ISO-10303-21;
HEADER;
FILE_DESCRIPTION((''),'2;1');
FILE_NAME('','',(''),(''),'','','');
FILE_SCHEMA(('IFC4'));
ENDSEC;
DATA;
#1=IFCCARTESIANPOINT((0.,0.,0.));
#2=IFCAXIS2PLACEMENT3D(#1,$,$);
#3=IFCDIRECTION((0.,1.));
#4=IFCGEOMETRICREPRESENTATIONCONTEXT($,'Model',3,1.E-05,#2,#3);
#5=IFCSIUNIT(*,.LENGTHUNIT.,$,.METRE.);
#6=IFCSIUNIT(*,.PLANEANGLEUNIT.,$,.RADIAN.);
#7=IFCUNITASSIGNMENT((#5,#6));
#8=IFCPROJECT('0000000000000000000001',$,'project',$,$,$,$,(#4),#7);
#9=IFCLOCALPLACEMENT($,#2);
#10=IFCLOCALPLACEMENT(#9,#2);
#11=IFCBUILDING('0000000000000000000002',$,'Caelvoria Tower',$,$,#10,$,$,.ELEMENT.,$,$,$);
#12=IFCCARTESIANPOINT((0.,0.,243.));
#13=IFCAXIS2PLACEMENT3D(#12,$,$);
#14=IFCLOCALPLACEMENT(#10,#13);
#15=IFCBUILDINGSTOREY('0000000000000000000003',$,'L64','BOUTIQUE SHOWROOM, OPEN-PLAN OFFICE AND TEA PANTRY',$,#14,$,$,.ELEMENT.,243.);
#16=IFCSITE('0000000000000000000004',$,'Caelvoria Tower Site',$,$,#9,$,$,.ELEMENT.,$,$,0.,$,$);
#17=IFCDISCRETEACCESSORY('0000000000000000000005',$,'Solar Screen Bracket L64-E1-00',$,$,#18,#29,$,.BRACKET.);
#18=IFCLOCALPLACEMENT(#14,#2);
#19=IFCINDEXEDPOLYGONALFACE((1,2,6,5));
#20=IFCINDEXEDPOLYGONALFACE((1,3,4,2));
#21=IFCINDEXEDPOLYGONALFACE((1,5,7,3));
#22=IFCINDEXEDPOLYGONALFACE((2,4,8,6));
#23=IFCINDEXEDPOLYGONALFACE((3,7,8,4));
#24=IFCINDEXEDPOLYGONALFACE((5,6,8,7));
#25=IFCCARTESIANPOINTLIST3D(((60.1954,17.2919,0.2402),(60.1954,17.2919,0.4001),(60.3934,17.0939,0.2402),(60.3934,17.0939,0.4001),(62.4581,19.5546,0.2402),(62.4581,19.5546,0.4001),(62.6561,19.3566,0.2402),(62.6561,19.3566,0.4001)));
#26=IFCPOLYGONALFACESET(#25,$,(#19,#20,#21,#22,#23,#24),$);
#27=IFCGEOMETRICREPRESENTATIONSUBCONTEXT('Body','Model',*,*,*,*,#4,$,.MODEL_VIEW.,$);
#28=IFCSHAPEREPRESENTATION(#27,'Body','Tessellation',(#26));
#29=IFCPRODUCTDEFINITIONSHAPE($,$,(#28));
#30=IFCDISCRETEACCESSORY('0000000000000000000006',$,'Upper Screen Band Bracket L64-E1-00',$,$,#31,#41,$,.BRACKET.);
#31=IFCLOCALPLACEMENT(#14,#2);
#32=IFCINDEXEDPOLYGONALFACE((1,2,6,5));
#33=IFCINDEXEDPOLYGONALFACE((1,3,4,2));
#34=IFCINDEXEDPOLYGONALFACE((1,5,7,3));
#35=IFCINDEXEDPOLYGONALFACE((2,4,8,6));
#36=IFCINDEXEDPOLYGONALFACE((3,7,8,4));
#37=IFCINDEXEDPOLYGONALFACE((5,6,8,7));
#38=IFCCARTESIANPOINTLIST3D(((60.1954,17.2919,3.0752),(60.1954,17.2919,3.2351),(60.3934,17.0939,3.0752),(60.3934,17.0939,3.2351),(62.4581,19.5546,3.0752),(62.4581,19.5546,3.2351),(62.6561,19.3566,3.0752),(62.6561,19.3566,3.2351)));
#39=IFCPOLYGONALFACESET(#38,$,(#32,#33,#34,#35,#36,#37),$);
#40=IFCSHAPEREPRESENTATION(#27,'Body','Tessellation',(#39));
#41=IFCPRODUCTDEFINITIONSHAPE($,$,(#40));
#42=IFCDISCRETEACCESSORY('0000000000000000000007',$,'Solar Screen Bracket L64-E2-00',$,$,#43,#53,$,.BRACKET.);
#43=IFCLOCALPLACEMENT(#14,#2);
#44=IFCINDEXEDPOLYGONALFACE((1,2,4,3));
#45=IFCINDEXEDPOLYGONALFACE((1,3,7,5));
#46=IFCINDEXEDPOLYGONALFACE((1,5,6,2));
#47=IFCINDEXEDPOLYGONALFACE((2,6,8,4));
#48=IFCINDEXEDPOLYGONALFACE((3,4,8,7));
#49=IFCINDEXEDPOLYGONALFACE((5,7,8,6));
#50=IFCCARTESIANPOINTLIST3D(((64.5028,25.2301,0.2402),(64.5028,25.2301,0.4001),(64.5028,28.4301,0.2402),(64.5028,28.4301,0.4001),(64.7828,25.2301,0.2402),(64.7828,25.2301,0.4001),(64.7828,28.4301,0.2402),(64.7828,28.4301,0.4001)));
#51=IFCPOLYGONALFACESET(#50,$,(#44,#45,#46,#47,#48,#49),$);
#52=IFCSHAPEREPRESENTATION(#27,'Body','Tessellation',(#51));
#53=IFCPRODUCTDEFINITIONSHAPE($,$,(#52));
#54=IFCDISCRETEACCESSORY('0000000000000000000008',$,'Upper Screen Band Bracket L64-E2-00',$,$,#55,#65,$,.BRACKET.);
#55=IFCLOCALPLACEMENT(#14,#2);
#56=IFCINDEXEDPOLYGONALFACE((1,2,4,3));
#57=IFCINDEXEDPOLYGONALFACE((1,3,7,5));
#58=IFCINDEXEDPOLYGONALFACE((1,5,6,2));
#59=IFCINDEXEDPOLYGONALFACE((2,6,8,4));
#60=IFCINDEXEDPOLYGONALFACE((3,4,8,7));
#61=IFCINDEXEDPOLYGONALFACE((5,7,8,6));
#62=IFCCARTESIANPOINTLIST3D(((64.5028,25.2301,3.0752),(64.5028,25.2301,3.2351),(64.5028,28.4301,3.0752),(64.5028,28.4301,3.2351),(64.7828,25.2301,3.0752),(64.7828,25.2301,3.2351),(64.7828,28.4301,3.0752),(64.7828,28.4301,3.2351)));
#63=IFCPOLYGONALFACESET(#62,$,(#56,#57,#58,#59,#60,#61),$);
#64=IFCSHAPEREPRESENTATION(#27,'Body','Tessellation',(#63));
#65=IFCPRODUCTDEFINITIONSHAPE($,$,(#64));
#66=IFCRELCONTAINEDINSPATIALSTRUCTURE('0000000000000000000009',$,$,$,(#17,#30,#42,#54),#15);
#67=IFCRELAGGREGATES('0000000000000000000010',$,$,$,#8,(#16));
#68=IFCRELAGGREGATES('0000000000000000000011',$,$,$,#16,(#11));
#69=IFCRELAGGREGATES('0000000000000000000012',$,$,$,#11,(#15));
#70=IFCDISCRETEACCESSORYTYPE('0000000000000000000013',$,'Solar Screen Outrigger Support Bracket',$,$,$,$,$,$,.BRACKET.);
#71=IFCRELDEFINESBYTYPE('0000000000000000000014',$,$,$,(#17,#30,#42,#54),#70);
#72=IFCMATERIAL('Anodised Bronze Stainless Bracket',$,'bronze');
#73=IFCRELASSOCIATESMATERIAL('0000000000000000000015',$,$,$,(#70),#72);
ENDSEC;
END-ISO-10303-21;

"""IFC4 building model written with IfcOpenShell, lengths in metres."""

from ifc_helpers import new_model, si_unit, direction, frame, origin, origin_2d, place, context, subcontext, project, spatial, rectangle, extrude, material, type_object, element, save


model = new_model("IFC4")

# Units and contexts
model_context = context("Model", 3, precision=1e-05, world=origin(), true_north=direction((0.0, 1.0)))
body_context = subcontext(model_context, "Body", "Model", "MODEL_VIEW")
ifc_project = project(units=[si_unit("LENGTHUNIT", "METRE"), si_unit("PLANEANGLEUNIT", "RADIAN")], contexts=[model_context])

# Site, building, storey
site_placement = place(None, origin())
site = spatial("IfcSite", under=ifc_project, at=site_placement, Name="Caelvoria Tower Site", CompositionType="ELEMENT", RefElevation=0.0)
building_placement = place(site_placement, origin())
building = spatial("IfcBuilding", under=site, at=building_placement, Name="Caelvoria Tower", CompositionType="ELEMENT")
storey_placement = place(building_placement, frame((0.0, 0.0, 243.0)))
storey = spatial("IfcBuildingStorey", under=building, at=storey_placement, Name="L64", Description="BOUTIQUE SHOWROOM, OPEN-PLAN OFFICE AND TEA PANTRY", CompositionType="ELEMENT", Elevation=243.0)

# Discrete accessories
ifc_material_1 = material(Name="Anodised Bronze Stainless Bracket", Category="bronze")
discrete_accessory_type = type_object("IfcDiscreteAccessoryType", Name="Solar Screen Outrigger Support Bracket", PredefinedType="BRACKET", material=ifc_material_1)
for number, where, z_axis, x_axis, name in (
    (1, (61.4258, 18.3242, 0.2402), (0.0, 0.0, 1.0), (0.707107, 0.707107, 0.0), "Solar Screen Bracket L64-E1-00"),
    (2, (61.4258, 18.3242, 3.0752), (0.0, 0.0, 1.0), (0.707107, 0.707107, 0.0), "Upper Screen Band Bracket L64-E1-00"),
    (3, (64.6428, 26.8301, 0.2402), (0.0, 0.0, 1.0), (0.0, 1.0, 0.0), "Solar Screen Bracket L64-E2-00"),
    (4, (64.6428, 26.8301, 3.0752), (0.0, 0.0, 1.0), (0.0, 1.0, 0.0), "Upper Screen Band Bracket L64-E2-00"),
):
    element("IfcDiscreteAccessory", number, at=place(storey_placement, frame(where, z_axis=z_axis, x_axis=x_axis)), inside=storey, type_object=discrete_accessory_type, Name=name, PredefinedType="BRACKET", context=body_context, shape_type="SweptSolid", body=[
        extrude(rectangle(XDim=3.2, YDim=0.28, at=origin_2d()), origin(), (0.0, 0.0, 1.0), 0.1599),
    ])

save(model, "model.ifc")
